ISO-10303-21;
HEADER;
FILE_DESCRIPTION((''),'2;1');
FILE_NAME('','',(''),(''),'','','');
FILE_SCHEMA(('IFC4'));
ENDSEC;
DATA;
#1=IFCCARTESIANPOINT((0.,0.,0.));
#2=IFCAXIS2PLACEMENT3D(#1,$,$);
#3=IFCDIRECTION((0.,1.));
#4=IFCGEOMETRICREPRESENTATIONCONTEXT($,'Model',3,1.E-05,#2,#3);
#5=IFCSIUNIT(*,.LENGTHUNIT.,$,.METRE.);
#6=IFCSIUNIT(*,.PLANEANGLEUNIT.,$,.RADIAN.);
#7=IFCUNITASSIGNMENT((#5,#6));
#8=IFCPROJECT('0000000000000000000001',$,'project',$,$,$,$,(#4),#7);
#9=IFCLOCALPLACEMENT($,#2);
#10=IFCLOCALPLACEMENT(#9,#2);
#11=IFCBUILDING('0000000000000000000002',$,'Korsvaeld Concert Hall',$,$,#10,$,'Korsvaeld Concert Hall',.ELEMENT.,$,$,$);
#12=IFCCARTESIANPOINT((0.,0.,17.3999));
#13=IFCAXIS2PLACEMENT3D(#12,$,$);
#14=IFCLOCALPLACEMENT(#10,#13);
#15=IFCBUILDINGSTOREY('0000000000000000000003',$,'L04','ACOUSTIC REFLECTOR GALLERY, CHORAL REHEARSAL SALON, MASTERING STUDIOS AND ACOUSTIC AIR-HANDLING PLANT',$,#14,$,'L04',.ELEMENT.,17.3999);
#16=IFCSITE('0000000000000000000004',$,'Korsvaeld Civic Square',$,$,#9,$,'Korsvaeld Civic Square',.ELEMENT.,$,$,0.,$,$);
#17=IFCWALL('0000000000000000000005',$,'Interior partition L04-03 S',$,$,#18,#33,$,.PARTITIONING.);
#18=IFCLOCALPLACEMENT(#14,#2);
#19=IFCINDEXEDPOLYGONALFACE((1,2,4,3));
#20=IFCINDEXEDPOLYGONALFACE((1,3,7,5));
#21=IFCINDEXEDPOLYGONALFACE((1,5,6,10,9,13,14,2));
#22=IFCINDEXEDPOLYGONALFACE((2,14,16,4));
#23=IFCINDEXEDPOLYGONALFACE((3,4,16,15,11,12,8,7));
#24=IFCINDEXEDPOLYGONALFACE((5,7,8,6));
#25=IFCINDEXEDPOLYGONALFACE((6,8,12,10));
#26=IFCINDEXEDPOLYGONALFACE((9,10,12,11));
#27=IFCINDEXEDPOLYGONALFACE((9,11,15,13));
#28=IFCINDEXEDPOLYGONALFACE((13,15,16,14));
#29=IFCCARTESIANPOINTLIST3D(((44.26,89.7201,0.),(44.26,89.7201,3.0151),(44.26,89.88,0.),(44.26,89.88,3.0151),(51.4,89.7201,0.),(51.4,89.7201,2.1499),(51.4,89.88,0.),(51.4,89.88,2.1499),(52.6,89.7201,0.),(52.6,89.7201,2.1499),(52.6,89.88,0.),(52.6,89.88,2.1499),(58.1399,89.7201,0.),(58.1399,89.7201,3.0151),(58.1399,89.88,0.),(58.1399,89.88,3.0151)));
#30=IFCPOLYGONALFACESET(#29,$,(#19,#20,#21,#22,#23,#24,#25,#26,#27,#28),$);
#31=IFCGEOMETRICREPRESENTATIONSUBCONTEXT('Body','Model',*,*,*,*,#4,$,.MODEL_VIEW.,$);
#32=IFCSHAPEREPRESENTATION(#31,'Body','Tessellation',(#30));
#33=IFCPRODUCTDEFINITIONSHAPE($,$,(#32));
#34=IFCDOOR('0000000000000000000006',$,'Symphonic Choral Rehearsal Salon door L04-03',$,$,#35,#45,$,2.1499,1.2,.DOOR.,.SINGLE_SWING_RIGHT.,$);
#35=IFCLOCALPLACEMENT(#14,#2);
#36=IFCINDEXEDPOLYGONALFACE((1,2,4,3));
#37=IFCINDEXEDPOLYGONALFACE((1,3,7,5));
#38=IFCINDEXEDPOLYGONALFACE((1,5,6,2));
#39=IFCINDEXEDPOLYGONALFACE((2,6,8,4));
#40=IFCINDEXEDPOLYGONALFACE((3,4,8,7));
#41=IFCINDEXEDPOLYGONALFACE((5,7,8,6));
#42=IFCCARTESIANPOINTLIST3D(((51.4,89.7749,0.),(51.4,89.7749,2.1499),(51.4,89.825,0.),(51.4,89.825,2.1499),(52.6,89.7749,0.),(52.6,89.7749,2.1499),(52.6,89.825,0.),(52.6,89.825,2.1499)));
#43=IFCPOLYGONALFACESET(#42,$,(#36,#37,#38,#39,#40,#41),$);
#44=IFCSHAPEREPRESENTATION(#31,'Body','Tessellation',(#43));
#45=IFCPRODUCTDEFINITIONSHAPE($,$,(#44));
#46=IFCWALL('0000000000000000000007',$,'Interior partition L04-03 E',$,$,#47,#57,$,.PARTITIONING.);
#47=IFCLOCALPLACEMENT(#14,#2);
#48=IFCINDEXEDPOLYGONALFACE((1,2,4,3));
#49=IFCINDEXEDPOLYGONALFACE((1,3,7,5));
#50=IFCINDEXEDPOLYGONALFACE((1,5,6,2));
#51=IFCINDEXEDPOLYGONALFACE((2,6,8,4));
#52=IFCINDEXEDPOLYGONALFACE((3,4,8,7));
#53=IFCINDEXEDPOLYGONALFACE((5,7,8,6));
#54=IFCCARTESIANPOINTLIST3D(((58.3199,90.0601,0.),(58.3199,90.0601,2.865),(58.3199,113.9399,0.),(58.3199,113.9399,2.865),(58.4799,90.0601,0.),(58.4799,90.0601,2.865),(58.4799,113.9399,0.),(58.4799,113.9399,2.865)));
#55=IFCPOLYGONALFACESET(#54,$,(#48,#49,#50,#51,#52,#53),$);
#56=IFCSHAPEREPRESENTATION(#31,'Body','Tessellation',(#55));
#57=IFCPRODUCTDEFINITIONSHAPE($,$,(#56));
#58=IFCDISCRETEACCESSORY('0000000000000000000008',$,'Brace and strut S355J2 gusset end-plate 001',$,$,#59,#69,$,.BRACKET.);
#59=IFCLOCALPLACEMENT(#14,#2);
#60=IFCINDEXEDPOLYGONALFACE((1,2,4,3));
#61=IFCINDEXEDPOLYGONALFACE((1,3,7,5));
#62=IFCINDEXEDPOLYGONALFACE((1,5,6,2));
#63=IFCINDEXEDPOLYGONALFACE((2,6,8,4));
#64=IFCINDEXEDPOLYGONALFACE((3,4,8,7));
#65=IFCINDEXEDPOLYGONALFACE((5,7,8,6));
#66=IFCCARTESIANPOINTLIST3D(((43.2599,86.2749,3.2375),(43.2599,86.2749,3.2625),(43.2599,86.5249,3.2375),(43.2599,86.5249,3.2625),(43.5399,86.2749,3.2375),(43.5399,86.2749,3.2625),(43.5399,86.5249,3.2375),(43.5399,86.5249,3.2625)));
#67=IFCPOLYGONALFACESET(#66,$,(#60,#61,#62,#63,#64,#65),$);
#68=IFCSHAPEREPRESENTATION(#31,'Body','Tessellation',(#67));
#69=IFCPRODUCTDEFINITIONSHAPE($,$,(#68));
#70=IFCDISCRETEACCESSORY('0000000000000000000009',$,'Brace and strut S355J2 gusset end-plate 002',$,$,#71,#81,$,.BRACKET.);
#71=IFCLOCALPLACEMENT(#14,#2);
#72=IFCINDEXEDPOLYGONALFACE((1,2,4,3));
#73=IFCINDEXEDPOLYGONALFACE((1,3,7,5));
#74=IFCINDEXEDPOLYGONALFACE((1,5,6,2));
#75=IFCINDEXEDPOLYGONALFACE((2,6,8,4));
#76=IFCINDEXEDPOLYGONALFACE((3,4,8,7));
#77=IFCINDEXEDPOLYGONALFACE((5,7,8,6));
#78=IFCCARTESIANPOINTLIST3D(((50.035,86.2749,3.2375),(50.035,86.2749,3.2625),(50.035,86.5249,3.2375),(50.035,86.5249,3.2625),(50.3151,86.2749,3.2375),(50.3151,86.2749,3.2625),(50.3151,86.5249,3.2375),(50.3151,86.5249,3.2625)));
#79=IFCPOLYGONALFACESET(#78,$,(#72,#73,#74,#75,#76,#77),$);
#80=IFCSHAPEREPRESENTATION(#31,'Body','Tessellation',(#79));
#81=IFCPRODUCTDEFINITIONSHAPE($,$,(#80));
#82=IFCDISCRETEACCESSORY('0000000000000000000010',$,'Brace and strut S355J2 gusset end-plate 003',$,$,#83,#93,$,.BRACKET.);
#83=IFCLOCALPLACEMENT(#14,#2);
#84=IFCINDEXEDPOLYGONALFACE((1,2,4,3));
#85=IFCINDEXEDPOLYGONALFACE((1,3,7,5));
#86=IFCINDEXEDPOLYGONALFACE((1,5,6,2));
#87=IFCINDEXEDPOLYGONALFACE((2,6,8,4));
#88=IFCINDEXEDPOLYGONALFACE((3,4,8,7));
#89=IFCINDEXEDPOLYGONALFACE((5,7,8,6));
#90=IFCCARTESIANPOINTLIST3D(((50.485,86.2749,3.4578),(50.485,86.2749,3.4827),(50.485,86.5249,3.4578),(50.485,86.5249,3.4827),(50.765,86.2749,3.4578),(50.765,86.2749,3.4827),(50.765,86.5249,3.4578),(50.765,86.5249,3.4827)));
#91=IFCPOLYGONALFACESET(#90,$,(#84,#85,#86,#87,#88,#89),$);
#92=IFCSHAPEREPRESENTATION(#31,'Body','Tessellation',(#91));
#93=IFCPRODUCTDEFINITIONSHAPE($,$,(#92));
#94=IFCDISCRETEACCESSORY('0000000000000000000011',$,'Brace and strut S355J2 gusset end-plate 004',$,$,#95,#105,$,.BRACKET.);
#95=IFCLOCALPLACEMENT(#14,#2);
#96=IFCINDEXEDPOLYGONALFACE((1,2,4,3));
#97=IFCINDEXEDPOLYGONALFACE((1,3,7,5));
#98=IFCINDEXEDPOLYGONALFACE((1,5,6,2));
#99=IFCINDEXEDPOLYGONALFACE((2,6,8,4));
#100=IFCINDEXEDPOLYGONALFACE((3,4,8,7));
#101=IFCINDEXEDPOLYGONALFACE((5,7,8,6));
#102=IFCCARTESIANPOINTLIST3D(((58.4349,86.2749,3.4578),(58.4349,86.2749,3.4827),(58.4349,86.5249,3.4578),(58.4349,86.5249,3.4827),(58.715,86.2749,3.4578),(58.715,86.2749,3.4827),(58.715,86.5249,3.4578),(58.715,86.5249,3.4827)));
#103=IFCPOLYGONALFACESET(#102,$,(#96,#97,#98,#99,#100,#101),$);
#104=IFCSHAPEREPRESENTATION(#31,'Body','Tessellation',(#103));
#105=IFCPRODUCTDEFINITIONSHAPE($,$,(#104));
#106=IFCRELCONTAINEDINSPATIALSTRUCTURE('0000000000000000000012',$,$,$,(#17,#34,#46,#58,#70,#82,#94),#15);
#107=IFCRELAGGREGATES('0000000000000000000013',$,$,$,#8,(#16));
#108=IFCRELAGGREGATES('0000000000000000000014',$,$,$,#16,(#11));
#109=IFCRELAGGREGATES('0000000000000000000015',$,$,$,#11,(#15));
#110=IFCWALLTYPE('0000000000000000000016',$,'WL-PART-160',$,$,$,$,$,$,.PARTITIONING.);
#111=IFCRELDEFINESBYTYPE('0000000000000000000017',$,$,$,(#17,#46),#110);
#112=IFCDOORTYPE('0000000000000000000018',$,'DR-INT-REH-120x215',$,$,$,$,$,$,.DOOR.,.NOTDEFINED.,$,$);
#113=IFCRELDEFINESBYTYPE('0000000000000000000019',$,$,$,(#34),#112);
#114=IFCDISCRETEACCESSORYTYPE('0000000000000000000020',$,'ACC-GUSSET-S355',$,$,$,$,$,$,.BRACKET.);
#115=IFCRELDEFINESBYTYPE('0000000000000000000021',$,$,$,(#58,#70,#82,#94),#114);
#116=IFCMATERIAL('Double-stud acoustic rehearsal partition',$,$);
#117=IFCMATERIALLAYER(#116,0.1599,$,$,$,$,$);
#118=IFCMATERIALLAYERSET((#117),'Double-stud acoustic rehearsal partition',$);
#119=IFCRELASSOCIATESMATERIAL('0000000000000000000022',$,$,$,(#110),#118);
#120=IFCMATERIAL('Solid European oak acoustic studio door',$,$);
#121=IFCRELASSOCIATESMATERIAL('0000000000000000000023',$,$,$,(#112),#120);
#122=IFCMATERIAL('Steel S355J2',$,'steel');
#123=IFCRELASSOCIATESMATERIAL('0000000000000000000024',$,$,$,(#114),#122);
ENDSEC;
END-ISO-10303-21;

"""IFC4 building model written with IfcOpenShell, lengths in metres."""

from ifc_helpers import new_model, si_unit, direction, frame, frame_2d, origin, origin_2d, place, context, subcontext, project, spatial, rectangle, extrude, material, layer, layer_set, type_object, element, fill, save


model = new_model("IFC4")

# Units and contexts
model_context = context("Model", 3, precision=1e-05, world=origin(), true_north=direction((0.0, 1.0)))
body_context = subcontext(model_context, "Body", "Model", "MODEL_VIEW")
ifc_project = project(units=[si_unit("LENGTHUNIT", "METRE"), si_unit("PLANEANGLEUNIT", "RADIAN")], contexts=[model_context])

# Site, building, storey
site_placement = place(None, origin())
site = spatial("IfcSite", under=ifc_project, at=site_placement, Name="Korsvaeld Civic Square", LongName="Korsvaeld Civic Square", CompositionType="ELEMENT", RefElevation=0.0)
building_placement = place(site_placement, origin())
building = spatial("IfcBuilding", under=site, at=building_placement, Name="Korsvaeld Concert Hall", LongName="Korsvaeld Concert Hall", CompositionType="ELEMENT")
storey_placement = place(building_placement, frame((0.0, 0.0, 17.3999)))
storey = spatial("IfcBuildingStorey", under=building, at=storey_placement, Name="L04", Description="ACOUSTIC REFLECTOR GALLERY, CHORAL REHEARSAL SALON, MASTERING STUDIOS AND ACOUSTIC AIR-HANDLING PLANT", LongName="L04", CompositionType="ELEMENT", Elevation=17.3999)

# Shared definitions
ifc_material_1 = material(Name="Steel S355J2", Category="steel")

# Wall, opening, door
ifc_material_2 = material(Name="Double-stud acoustic rehearsal partition")
ifc_layer_1 = layer(ifc_material_2, 0.1599)
ifc_layer_set_1 = layer_set([ifc_layer_1], Name="Double-stud acoustic rehearsal partition")
wall_type_1 = type_object("IfcWallType", Name="WL-PART-160", PredefinedType="PARTITIONING", material=ifc_layer_set_1)
wall_1_placement = place(storey_placement, frame((44.26, 89.8, 0.0), z_axis=(0.0, 0.0, 1.0), x_axis=(1.0, 0.0, 0.0)))
wall_1 = element("IfcWall", 1, at=wall_1_placement, inside=storey, type_object=wall_type_1, Name="Interior partition L04-03 S", PredefinedType="PARTITIONING", context=body_context, shape_type="SweptSolid", body=[
    extrude(rectangle(XDim=13.8799, YDim=0.1599, at=frame_2d((6.9399, 0.0))), origin(), (0.0, 0.0, 1.0), 3.0151),
])
opening_1_placement = place(wall_1_placement, frame((7.1399, 0.0, 0.0)))
opening_1 = element("IfcOpeningElement", 2, at=opening_1_placement, cuts=wall_1, PredefinedType="OPENING", context=body_context, shape_type="SweptSolid", body=[
    extrude(rectangle(XDim=1.2, YDim=2.1499, at=frame_2d((0.6001, 1.075))), frame((0.0, 0.0898, 0.0), z_axis=(0.0, -1.0, 0.0), x_axis=(1.0, 0.0, 0.0)), (0.0, 0.0, 1.0), 0.1799),
])
ifc_material_3 = material(Name="Solid European oak acoustic studio door")
door_type = type_object("IfcDoorType", Name="DR-INT-REH-120x215", OperationType="NOTDEFINED", PredefinedType="DOOR", material=ifc_material_3)
door_placement = place(opening_1_placement, origin())
door = element("IfcDoor", 3, at=door_placement, inside=storey, type_object=door_type, Name="Symphonic Choral Rehearsal Salon door L04-03", OperationType="SINGLE_SWING_RIGHT", OverallHeight=2.1499, OverallWidth=1.2, PredefinedType="DOOR", context=body_context, shape_type="SweptSolid", body=[
    extrude(rectangle(XDim=1.2, YDim=2.1499, at=frame_2d((0.6001, 1.075))), frame((0.0, 0.0249, 0.0), z_axis=(0.0, -1.0, 0.0), x_axis=(1.0, 0.0, 0.0)), (0.0, 0.0, 1.0), 0.05),
])
fill(opening_1, door)

# Wall
wall_2_placement = place(storey_placement, frame((58.3999, 90.0601, 0.0), z_axis=(0.0, 0.0, 1.0), x_axis=(0.0, 1.0, 0.0)))
element("IfcWall", 4, at=wall_2_placement, inside=storey, type_object=wall_type_1, Name="Interior partition L04-03 E", PredefinedType="PARTITIONING", context=body_context, shape_type="SweptSolid", body=[
    extrude(rectangle(XDim=23.8799, YDim=0.1599, at=frame_2d((11.9399, 0.0))), origin(), (0.0, 0.0, 1.0), 2.865),
])

# Discrete accessories
discrete_accessory_type = type_object("IfcDiscreteAccessoryType", Name="ACC-GUSSET-S355", PredefinedType="BRACKET", material=ifc_material_1)
for number, where, z_axis, x_axis, name in (
    (5, (43.3999, 86.3999, 3.2375), (0.0, 0.0, 1.0), (1.0, 0.0, 0.0), "Brace and strut S355J2 gusset end-plate 001"),
    (6, (50.175, 86.3999, 3.2375), (0.0, 0.0, 1.0), (1.0, 0.0, 0.0), "Brace and strut S355J2 gusset end-plate 002"),
    (7, (50.625, 86.3999, 3.4578), (0.0, 0.0, 1.0), (1.0, 0.0, 0.0), "Brace and strut S355J2 gusset end-plate 003"),
    (8, (58.575, 86.3999, 3.4578), (0.0, 0.0, 1.0), (1.0, 0.0, 0.0), "Brace and strut S355J2 gusset end-plate 004"),
):
    element("IfcDiscreteAccessory", number, at=place(storey_placement, frame(where, z_axis=z_axis, x_axis=x_axis)), inside=storey, type_object=discrete_accessory_type, Name=name, PredefinedType="BRACKET", context=body_context, shape_type="SweptSolid", body=[
        extrude(rectangle(XDim=0.28, YDim=0.25, at=origin_2d()), origin(), (0.0, 0.0, 1.0), 0.0249),
    ])

save(model, "model.ifc")
